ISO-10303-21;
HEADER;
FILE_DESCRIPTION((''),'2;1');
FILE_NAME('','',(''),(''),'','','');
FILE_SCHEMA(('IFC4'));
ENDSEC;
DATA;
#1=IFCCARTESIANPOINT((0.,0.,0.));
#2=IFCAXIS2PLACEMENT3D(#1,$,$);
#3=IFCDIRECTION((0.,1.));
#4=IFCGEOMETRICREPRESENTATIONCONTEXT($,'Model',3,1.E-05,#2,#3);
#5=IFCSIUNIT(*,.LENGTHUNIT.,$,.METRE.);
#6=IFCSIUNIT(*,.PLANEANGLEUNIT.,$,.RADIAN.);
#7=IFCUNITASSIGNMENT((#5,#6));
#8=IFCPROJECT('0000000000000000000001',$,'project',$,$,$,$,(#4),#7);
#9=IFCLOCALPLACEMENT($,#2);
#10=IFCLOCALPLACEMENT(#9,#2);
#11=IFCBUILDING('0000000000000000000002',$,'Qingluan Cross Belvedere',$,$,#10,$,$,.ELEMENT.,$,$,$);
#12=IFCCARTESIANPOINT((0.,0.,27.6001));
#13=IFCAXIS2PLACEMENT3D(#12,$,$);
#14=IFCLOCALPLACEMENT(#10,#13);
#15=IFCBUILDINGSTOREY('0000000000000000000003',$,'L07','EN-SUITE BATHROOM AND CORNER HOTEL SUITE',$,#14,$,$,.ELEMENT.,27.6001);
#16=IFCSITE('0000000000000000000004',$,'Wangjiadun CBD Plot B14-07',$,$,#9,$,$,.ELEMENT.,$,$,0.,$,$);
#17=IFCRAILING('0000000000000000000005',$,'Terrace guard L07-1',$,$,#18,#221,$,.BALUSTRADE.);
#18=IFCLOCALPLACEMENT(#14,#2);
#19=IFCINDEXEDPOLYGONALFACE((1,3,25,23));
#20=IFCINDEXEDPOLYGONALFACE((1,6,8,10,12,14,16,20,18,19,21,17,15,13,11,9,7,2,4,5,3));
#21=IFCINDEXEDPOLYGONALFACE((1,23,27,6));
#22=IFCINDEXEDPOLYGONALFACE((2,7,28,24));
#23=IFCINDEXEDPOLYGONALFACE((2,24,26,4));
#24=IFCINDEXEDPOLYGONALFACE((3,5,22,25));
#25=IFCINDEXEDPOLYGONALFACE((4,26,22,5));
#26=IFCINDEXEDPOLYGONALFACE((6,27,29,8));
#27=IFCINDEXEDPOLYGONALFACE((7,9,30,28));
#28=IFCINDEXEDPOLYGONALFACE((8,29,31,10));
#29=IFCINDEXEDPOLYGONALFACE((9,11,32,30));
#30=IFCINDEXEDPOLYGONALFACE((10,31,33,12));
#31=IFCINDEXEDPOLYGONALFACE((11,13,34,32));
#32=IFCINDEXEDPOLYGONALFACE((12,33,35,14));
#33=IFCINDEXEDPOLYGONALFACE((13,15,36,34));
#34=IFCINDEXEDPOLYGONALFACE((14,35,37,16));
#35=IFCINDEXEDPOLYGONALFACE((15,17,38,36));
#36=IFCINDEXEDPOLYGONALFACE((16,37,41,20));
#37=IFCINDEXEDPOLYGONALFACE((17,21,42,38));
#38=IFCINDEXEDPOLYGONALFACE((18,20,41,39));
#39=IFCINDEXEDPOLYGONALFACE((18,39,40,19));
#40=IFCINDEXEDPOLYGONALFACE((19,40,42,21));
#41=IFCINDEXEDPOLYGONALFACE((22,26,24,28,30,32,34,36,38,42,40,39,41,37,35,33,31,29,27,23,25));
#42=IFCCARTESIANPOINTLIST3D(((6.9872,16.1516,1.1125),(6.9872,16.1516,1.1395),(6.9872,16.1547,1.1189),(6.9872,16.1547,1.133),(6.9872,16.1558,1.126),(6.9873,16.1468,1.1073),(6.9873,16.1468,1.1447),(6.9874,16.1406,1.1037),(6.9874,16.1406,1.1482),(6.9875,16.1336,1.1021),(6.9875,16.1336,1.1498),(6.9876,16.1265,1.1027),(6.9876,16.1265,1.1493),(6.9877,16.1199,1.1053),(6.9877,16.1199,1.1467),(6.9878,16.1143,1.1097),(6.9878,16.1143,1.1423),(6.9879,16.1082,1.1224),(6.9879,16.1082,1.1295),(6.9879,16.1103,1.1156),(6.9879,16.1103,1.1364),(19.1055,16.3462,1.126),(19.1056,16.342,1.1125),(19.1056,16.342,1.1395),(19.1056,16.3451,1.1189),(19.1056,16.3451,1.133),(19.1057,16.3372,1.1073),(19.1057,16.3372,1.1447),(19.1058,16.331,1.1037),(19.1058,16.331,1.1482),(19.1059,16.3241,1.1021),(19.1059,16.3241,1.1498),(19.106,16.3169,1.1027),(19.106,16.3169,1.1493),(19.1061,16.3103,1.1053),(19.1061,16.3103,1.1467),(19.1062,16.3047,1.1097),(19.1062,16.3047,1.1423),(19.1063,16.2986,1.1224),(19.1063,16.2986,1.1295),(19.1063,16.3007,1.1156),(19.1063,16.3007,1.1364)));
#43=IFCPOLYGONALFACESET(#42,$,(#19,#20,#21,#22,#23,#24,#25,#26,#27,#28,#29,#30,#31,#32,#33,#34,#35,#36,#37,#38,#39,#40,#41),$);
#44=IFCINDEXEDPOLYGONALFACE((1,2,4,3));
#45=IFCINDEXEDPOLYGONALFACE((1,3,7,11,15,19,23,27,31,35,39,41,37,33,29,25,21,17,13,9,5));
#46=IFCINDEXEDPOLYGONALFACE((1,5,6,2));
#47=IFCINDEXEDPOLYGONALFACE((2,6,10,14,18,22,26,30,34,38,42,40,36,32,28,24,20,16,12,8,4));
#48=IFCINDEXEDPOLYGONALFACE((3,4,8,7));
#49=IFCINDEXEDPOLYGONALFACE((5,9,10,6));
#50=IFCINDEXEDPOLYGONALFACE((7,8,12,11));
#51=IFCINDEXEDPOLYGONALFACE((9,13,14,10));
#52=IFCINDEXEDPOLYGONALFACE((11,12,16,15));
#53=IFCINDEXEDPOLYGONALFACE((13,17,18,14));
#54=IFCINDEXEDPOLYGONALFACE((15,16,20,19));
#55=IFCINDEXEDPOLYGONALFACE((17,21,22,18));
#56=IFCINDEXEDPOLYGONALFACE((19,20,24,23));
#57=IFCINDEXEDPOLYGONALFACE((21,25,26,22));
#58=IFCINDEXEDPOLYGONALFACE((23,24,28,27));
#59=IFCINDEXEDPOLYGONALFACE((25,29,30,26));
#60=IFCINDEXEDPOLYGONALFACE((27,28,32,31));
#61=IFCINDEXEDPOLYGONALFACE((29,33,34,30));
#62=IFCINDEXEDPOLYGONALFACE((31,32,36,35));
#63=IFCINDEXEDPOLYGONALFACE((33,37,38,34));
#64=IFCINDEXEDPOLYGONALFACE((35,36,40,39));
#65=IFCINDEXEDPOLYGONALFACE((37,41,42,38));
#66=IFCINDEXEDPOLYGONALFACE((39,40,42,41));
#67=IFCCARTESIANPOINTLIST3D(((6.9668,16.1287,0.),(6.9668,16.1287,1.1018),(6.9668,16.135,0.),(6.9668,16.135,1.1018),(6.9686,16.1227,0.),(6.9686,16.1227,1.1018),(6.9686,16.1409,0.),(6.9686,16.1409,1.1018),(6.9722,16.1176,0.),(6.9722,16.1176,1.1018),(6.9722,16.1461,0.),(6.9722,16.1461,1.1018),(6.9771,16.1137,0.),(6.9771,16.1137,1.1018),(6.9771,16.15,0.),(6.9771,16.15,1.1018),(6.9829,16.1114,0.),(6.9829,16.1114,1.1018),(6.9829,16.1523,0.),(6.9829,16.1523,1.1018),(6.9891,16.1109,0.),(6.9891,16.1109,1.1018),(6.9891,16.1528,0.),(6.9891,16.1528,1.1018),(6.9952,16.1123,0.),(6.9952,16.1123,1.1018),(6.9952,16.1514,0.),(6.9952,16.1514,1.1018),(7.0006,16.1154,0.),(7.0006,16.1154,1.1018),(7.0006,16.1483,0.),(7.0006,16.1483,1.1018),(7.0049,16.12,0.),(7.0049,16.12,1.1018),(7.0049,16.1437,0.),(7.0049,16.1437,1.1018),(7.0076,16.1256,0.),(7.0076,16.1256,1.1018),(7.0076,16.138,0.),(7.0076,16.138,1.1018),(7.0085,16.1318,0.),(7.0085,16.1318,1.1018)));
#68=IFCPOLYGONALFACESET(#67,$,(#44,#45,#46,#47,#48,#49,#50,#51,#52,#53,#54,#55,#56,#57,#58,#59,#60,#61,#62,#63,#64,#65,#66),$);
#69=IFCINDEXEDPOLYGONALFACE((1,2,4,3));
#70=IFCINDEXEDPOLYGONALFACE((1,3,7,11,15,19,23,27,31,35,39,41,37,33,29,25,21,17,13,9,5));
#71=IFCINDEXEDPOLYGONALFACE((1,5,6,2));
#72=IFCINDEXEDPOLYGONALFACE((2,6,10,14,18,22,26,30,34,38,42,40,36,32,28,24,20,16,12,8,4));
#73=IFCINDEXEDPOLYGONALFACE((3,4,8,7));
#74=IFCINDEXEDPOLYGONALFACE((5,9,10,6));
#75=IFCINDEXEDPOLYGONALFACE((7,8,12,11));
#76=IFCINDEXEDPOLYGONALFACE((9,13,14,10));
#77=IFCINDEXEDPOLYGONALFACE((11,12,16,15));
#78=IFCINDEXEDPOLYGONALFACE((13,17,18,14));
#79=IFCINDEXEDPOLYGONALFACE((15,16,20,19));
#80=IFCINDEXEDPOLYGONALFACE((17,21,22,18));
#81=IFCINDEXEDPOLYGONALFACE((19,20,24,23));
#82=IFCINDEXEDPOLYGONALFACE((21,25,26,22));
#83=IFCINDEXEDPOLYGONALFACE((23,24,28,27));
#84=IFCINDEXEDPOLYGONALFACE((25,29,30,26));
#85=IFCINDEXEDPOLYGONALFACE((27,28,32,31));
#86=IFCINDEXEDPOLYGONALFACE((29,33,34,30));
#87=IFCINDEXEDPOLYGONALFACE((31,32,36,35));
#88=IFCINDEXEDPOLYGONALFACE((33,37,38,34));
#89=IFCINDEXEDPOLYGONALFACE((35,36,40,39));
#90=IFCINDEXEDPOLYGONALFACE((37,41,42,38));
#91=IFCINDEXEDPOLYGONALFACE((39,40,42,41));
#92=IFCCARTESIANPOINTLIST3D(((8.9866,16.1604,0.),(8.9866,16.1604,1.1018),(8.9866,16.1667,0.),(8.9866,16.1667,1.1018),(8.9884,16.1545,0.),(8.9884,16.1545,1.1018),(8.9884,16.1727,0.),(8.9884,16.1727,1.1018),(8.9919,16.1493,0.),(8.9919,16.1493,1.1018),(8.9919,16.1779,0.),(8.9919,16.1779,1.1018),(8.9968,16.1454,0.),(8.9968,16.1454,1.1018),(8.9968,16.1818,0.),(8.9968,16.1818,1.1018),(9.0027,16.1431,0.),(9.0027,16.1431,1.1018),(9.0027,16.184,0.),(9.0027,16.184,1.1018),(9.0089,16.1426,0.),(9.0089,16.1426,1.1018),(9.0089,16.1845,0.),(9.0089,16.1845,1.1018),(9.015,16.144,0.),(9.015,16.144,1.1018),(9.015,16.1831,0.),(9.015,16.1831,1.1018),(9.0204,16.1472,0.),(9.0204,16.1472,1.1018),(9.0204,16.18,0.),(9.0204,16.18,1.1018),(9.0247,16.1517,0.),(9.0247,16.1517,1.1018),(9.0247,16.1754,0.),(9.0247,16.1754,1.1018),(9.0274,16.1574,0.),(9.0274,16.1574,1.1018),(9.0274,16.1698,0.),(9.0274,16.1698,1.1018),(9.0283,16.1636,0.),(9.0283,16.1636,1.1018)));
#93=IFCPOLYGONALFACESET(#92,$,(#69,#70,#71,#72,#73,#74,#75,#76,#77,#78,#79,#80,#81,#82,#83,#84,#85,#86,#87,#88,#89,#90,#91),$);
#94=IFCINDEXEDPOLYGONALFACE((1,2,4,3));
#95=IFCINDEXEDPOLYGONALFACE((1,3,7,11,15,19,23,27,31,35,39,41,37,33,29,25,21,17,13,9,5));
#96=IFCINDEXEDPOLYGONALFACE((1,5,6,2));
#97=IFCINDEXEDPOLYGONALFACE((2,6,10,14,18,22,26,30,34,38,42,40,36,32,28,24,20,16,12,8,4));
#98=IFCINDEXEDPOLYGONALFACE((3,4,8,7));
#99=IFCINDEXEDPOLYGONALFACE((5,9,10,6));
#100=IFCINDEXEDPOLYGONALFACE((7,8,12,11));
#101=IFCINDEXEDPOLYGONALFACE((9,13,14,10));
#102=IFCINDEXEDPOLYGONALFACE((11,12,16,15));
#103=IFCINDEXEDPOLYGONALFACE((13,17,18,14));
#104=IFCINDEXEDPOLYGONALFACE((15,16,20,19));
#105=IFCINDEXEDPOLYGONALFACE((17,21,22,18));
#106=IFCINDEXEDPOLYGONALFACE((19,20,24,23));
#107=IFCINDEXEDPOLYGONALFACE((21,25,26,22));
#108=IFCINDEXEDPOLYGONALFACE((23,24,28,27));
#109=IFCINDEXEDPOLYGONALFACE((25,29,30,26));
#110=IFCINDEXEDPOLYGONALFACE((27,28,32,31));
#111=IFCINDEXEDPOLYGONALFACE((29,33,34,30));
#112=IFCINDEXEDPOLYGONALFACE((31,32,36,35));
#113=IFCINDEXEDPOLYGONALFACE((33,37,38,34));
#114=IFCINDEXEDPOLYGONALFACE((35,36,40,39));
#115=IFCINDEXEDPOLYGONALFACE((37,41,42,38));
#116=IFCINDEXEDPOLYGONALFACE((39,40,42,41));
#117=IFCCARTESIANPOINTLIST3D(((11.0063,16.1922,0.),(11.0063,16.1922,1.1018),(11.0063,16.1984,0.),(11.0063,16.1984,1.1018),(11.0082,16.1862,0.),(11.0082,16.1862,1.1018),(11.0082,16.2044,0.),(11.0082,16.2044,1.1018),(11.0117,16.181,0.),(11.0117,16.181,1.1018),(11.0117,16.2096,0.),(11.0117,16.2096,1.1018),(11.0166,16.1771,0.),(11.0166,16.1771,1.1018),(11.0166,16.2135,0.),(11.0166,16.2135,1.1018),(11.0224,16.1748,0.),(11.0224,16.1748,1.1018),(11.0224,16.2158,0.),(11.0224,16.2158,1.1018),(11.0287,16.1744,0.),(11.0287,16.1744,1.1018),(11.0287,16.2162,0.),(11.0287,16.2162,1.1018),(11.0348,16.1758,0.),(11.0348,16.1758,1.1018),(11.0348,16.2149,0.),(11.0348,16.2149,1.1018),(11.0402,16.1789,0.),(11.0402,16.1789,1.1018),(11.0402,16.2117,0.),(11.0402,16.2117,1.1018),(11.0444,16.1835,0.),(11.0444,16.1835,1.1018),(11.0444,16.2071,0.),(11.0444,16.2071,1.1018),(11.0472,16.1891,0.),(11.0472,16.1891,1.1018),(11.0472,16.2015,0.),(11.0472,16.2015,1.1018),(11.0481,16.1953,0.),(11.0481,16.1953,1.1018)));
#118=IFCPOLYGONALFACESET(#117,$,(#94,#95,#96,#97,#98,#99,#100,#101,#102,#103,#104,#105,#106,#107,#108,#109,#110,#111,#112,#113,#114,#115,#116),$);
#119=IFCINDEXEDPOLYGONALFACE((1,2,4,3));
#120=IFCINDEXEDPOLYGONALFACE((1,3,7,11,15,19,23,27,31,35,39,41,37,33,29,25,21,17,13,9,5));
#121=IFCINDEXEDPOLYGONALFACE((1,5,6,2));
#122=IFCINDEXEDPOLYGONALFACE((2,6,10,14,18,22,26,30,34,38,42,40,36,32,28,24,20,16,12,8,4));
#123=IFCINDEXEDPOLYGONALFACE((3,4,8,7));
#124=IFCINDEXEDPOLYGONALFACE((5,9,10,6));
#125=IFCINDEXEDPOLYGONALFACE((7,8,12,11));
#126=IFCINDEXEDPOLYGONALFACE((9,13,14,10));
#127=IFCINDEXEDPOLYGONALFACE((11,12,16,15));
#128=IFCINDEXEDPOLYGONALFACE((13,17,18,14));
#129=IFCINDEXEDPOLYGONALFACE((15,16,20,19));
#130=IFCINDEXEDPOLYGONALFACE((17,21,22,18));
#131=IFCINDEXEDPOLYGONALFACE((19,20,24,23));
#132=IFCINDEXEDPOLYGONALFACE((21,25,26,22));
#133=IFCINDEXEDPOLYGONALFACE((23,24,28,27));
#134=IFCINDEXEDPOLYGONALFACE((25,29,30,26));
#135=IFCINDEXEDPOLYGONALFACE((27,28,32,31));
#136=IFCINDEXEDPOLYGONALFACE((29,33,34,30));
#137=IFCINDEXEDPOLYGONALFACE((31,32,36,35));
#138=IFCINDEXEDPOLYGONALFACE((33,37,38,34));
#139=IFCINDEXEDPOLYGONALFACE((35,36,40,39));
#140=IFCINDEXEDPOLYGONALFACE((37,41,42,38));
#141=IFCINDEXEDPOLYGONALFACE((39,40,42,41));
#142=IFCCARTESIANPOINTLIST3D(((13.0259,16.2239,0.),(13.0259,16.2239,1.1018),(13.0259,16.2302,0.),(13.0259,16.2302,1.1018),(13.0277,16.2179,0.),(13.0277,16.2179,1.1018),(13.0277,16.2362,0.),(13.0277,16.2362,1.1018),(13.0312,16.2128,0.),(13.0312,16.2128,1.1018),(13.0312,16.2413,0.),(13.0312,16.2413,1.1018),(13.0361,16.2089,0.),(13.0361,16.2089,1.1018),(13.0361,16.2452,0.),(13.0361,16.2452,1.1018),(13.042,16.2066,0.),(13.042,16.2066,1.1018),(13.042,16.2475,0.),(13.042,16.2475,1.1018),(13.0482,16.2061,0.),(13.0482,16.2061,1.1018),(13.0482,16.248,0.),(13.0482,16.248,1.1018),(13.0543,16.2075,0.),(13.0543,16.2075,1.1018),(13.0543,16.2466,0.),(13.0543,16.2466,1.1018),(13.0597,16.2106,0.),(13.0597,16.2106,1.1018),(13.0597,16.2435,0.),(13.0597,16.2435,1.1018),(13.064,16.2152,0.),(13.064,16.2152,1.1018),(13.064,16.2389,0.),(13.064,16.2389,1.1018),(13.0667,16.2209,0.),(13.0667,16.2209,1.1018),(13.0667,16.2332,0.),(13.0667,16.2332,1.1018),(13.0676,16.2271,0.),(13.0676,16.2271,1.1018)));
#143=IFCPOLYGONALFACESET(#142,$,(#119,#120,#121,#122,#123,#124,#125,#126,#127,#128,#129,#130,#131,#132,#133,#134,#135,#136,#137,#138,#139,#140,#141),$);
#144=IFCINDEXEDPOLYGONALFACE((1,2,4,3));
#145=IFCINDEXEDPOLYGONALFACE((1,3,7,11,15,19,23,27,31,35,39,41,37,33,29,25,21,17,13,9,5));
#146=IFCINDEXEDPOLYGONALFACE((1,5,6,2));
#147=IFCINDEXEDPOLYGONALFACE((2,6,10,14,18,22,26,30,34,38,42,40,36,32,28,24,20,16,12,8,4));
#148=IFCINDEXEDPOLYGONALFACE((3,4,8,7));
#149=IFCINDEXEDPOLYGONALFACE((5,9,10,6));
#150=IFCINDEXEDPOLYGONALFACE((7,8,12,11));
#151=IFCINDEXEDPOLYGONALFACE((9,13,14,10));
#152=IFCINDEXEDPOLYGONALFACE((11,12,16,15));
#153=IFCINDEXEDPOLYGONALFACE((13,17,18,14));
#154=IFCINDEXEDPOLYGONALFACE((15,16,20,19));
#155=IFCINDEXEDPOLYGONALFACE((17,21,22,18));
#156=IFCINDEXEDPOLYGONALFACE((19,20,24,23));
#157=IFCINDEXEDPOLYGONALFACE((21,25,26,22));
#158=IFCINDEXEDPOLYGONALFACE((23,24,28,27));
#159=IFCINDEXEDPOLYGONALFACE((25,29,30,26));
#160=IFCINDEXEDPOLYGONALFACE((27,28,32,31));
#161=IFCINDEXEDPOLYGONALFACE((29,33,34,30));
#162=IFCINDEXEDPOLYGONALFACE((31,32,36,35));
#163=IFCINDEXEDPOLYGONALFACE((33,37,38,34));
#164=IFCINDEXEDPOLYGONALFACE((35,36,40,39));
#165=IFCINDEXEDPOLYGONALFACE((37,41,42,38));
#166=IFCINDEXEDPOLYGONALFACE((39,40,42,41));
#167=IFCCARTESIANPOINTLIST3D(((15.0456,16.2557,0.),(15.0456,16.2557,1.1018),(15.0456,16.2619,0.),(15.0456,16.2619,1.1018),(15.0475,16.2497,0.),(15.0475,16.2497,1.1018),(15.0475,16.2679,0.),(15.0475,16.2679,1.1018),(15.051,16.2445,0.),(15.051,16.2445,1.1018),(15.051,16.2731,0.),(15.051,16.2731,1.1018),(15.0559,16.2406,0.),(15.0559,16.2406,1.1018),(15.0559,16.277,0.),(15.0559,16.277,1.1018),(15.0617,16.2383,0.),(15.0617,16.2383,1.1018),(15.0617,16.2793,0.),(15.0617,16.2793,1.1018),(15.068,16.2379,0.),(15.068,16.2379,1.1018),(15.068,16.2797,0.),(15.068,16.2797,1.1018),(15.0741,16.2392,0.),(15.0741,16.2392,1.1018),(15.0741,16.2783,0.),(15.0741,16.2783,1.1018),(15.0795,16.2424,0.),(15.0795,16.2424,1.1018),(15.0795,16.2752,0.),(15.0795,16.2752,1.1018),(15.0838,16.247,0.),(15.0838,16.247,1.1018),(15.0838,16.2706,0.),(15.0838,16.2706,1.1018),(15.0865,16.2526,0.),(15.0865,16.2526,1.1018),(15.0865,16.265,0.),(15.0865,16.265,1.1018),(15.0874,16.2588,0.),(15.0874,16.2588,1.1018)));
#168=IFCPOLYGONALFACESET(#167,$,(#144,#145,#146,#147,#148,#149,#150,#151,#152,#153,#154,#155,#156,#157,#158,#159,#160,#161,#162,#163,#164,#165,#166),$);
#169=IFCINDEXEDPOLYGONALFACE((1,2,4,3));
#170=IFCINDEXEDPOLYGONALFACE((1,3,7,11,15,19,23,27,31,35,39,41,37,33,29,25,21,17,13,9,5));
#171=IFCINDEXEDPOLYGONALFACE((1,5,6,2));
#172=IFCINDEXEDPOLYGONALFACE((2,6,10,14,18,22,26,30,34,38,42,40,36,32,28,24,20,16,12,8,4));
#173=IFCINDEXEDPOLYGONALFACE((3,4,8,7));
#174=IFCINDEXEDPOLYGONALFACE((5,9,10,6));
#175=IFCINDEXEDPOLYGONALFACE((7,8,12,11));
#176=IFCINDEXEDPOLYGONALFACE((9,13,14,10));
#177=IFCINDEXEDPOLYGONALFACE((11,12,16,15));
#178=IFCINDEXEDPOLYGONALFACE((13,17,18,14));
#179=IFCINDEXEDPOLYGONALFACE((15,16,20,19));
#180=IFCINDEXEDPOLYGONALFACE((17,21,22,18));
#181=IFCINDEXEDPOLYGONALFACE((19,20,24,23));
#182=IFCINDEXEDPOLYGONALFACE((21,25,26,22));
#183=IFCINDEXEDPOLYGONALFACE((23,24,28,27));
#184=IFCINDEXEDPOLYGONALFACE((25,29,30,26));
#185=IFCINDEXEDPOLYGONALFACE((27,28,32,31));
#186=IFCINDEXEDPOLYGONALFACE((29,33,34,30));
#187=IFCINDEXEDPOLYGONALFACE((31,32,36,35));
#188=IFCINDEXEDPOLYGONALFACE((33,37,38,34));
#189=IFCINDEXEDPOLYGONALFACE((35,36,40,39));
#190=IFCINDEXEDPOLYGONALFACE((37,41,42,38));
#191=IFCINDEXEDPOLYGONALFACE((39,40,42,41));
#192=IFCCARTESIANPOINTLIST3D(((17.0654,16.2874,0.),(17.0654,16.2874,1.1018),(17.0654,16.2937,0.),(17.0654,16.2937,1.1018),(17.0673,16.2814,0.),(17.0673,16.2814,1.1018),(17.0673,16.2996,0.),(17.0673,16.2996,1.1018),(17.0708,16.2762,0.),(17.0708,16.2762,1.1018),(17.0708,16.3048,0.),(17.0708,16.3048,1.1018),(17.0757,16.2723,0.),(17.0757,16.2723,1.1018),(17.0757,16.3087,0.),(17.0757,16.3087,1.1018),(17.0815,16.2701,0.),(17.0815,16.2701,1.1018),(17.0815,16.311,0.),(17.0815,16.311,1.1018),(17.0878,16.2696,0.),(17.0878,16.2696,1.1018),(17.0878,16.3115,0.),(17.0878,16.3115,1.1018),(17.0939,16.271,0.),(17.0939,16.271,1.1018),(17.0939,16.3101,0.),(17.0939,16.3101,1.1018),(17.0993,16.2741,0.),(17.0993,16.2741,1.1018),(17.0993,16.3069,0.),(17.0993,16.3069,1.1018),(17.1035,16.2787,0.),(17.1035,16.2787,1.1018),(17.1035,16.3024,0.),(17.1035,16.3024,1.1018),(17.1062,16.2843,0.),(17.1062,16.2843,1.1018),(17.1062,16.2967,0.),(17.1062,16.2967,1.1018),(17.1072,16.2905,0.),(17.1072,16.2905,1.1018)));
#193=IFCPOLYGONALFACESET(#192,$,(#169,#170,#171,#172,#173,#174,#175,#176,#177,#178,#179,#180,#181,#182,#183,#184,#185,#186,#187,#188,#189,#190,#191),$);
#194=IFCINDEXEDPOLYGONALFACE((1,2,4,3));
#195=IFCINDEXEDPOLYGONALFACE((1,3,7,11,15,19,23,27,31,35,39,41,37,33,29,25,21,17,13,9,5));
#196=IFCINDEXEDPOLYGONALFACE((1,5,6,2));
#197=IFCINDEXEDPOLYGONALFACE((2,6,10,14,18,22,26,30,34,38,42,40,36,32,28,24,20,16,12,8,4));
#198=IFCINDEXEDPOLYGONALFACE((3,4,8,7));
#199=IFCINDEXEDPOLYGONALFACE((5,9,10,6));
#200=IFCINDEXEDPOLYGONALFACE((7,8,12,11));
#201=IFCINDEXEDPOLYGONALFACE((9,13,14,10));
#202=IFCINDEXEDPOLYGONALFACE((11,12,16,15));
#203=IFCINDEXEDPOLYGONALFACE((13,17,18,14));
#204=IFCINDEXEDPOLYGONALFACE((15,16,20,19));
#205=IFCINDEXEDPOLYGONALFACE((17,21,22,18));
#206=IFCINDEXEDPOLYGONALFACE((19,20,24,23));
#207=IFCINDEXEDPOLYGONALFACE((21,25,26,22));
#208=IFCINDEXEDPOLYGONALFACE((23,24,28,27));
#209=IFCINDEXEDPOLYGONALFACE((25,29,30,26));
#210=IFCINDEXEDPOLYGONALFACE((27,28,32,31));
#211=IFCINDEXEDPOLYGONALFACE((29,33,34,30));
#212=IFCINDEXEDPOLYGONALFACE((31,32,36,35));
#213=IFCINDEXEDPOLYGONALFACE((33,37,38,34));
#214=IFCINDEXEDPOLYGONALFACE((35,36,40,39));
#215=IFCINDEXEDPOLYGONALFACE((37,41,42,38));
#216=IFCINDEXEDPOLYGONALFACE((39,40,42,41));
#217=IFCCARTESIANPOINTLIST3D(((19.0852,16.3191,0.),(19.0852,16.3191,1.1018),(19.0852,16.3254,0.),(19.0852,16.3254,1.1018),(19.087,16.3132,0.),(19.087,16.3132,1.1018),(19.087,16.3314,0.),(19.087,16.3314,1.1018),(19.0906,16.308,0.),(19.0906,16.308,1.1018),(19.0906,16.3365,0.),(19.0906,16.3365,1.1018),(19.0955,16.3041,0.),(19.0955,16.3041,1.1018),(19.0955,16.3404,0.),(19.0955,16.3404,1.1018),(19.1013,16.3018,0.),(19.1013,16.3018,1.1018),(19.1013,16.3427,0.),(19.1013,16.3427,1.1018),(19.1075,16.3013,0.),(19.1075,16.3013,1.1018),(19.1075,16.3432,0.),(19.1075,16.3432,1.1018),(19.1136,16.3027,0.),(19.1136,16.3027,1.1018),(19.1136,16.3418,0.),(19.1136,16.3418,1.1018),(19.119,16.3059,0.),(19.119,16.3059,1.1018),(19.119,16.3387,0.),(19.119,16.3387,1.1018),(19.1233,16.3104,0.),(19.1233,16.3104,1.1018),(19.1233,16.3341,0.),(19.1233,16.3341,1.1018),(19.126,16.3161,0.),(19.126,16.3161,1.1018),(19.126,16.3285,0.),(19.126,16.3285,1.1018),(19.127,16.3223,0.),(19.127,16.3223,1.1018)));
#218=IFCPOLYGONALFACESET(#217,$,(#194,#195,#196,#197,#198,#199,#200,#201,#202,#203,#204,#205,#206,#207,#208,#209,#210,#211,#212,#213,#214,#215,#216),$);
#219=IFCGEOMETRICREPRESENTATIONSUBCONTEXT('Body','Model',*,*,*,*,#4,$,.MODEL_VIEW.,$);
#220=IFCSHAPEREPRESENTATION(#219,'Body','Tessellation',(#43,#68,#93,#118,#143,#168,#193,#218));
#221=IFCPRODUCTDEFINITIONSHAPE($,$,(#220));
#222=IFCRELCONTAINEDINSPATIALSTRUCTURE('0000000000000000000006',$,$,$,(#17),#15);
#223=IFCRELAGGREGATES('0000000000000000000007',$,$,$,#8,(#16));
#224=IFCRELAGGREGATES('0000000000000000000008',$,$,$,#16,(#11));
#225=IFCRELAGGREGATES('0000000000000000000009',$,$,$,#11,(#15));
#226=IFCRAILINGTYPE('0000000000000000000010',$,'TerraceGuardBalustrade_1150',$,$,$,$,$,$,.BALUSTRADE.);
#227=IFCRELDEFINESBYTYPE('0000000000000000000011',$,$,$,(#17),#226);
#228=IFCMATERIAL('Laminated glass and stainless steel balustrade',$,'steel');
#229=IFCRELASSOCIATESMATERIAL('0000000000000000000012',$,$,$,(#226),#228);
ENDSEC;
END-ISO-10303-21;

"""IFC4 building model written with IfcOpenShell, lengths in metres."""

from ifc_helpers import new_model, si_unit, direction, frame, origin, origin_2d, place, context, subcontext, project, spatial, circle, extrude, material, type_object, element, save


model = new_model("IFC4")

# Units and contexts
model_context = context("Model", 3, precision=1e-05, world=origin(), true_north=direction((0.0, 1.0)))
body_context = subcontext(model_context, "Body", "Model", "MODEL_VIEW")
ifc_project = project(units=[si_unit("LENGTHUNIT", "METRE"), si_unit("PLANEANGLEUNIT", "RADIAN")], contexts=[model_context])

# Site, building, storey
site_placement = place(None, origin())
site = spatial("IfcSite", under=ifc_project, at=site_placement, Name="Wangjiadun CBD Plot B14-07", CompositionType="ELEMENT", RefElevation=0.0)
building_placement = place(site_placement, origin())
building = spatial("IfcBuilding", under=site, at=building_placement, Name="Qingluan Cross Belvedere", CompositionType="ELEMENT")
storey_placement = place(building_placement, frame((0.0, 0.0, 27.6001)))
storey = spatial("IfcBuildingStorey", under=building, at=storey_placement, Name="L07", Description="EN-SUITE BATHROOM AND CORNER HOTEL SUITE", CompositionType="ELEMENT", Elevation=27.6001)

# Railing
ifc_material_1 = material(Name="Laminated glass and stainless steel balustrade", Category="steel")
railing_type = type_object("IfcRailingType", Name="TerraceGuardBalustrade_1150", PredefinedType="BALUSTRADE", material=ifc_material_1)
railing_1_placement = place(storey_placement, frame((6.9875, 16.1318, 0.0)))
element("IfcRailing", 1, at=railing_1_placement, inside=storey, type_object=railing_type, Name="Terrace guard L07-1", PredefinedType="BALUSTRADE", context=body_context, shape_type="SweptSolid", body=[
    extrude(circle(Radius=0.0239, at=origin_2d()), frame((0.0, 0.0, 1.126), z_axis=(0.999877, 0.015712, 0.0), x_axis=(-0.015712, 0.999877, 0.0)), (0.0, 0.0, 1.0), 12.1199),
    extrude(circle(Radius=0.021, at=origin_2d()), origin(), (0.0, 0.0, 1.0), 1.1018),
    extrude(circle(Radius=0.021, at=origin_2d()), frame((2.0198, 0.0317, 0.0)), (0.0, 0.0, 1.0), 1.1018),
    extrude(circle(Radius=0.021, at=origin_2d()), frame((4.0396, 0.0635, 0.0)), (0.0, 0.0, 1.0), 1.1018),
    extrude(circle(Radius=0.021, at=origin_2d()), frame((6.0591, 0.0952, 0.0)), (0.0, 0.0, 1.0), 1.1018),
    extrude(circle(Radius=0.021, at=origin_2d()), frame((8.0789, 0.127, 0.0)), (0.0, 0.0, 1.0), 1.1018),
    extrude(circle(Radius=0.021, at=origin_2d()), frame((10.0986, 0.1587, 0.0)), (0.0, 0.0, 1.0), 1.1018),
    extrude(circle(Radius=0.021, at=origin_2d()), frame((12.1184, 0.1904, 0.0)), (0.0, 0.0, 1.0), 1.1018),
])

save(model, "model.ifc")
